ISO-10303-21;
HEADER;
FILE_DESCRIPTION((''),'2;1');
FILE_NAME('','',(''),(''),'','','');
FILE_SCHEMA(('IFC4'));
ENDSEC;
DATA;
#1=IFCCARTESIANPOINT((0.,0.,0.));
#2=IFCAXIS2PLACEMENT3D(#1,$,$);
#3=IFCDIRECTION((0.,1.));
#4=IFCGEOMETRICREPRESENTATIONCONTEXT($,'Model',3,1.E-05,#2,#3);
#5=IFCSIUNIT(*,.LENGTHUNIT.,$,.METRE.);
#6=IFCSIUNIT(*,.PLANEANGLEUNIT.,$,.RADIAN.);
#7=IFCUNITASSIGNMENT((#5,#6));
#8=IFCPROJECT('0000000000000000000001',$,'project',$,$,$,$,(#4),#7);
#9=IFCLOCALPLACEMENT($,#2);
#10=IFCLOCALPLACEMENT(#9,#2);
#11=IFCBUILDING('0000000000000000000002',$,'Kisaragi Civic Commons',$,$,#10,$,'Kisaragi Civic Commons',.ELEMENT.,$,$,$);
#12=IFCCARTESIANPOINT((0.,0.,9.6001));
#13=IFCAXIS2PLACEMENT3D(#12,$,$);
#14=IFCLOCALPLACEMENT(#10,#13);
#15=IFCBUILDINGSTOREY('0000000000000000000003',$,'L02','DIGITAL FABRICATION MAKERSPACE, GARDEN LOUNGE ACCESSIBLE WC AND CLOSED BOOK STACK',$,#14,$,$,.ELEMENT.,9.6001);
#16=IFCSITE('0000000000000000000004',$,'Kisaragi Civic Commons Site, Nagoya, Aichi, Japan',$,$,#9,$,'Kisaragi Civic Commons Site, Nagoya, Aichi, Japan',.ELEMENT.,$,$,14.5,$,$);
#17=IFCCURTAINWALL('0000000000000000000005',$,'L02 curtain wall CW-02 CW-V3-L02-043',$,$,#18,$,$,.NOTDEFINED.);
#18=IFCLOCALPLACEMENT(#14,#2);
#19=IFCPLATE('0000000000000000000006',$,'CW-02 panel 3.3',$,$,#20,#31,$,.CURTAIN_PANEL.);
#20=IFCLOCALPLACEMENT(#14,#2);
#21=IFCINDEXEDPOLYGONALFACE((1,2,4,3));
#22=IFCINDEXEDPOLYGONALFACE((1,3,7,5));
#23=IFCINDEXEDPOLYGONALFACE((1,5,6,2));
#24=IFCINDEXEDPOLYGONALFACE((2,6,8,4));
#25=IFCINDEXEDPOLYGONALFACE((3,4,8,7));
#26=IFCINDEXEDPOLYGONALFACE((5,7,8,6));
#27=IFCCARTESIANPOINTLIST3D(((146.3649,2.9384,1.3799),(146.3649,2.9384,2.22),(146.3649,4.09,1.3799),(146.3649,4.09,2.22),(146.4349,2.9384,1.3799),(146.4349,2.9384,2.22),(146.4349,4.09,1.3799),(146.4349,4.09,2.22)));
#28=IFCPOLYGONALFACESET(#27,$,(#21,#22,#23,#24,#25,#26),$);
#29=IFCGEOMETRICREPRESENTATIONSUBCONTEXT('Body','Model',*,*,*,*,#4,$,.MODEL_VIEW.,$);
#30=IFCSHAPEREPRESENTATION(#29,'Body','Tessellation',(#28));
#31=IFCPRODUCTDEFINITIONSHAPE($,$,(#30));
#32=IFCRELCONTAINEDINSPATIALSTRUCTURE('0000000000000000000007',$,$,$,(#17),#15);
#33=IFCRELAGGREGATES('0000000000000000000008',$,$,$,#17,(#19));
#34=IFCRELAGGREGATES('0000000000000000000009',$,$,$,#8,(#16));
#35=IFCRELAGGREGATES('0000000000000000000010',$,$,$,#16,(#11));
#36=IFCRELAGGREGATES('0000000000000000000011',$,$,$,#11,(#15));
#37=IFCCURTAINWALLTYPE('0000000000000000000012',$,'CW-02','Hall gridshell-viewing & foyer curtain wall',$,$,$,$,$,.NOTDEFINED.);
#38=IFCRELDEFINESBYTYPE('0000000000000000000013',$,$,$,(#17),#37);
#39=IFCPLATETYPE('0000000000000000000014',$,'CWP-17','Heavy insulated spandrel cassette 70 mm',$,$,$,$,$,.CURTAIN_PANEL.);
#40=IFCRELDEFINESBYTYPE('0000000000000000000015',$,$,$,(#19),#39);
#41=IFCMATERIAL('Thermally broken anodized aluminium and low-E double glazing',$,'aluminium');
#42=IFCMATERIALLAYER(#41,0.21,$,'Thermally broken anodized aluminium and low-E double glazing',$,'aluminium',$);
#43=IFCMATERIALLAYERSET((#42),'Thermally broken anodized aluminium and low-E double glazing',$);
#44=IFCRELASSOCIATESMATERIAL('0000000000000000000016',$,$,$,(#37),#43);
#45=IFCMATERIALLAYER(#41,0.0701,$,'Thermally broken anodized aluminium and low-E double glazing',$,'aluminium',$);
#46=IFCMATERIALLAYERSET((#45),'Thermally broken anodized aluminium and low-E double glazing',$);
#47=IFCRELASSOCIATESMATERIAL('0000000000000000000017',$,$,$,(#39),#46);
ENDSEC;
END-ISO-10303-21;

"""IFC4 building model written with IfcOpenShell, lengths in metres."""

from ifc_helpers import new_model, si_unit, direction, frame, origin, origin_2d, place, context, subcontext, project, spatial, rectangle, extrude, material, layer, layer_set, type_object, element, aggregate, save


model = new_model("IFC4")

# Units and contexts
model_context = context("Model", 3, precision=1e-05, world=origin(), true_north=direction((0.0, 1.0)))
body_context = subcontext(model_context, "Body", "Model", "MODEL_VIEW")
ifc_project = project(units=[si_unit("LENGTHUNIT", "METRE"), si_unit("PLANEANGLEUNIT", "RADIAN")], contexts=[model_context])

# Site, building, storey
site_placement = place(None, origin())
site = spatial("IfcSite", under=ifc_project, at=site_placement, Name="Kisaragi Civic Commons Site, Nagoya, Aichi, Japan", LongName="Kisaragi Civic Commons Site, Nagoya, Aichi, Japan", CompositionType="ELEMENT", RefElevation=14.5)
building_placement = place(site_placement, origin())
building = spatial("IfcBuilding", under=site, at=building_placement, Name="Kisaragi Civic Commons", LongName="Kisaragi Civic Commons", CompositionType="ELEMENT")
storey_placement = place(building_placement, frame((0.0, 0.0, 9.6001)))
storey = spatial("IfcBuildingStorey", under=building, at=storey_placement, Name="L02", Description="DIGITAL FABRICATION MAKERSPACE, GARDEN LOUNGE ACCESSIBLE WC AND CLOSED BOOK STACK", CompositionType="ELEMENT", Elevation=9.6001)

# Curtain wall
ifc_material_1 = material(Name="Thermally broken anodized aluminium and low-E double glazing", Category="aluminium")
ifc_layer_1 = layer(ifc_material_1, 0.21, Name="Thermally broken anodized aluminium and low-E double glazing", Category="aluminium")
ifc_layer_set_1 = layer_set([ifc_layer_1], Name="Thermally broken anodized aluminium and low-E double glazing")
curtain_wall_type = type_object("IfcCurtainWallType", Name="CW-02", Description="Hall gridshell-viewing & foyer curtain wall", PredefinedType="NOTDEFINED", material=ifc_layer_set_1)
curtain_wall_1_placement = place(storey_placement, origin())
curtain_wall_1 = element("IfcCurtainWall", 1, at=curtain_wall_1_placement, inside=storey, type_object=curtain_wall_type, Name="L02 curtain wall CW-02 CW-V3-L02-043", PredefinedType="NOTDEFINED")

# Plate
ifc_layer_2 = layer(ifc_material_1, 0.0701, Name="Thermally broken anodized aluminium and low-E double glazing", Category="aluminium")
ifc_layer_set_2 = layer_set([ifc_layer_2], Name="Thermally broken anodized aluminium and low-E double glazing")
plate_type = type_object("IfcPlateType", Name="CWP-17", Description="Heavy insulated spandrel cassette 70 mm", PredefinedType="CURTAIN_PANEL", material=ifc_layer_set_2)
plate_1_placement = place(storey_placement, frame((146.3999, 3.5142, 1.3799), z_axis=(0.0, 0.0, 1.0), x_axis=(0.0, 1.0, 0.0)))
plate_1 = element("IfcPlate", 2, at=plate_1_placement, type_object=plate_type, Name="CW-02 panel 3.3", PredefinedType="CURTAIN_PANEL", context=body_context, shape_type="SweptSolid", body=[
    extrude(rectangle(XDim=1.1516, YDim=0.0701, at=origin_2d()), origin(), (0.0, 0.0, 1.0), 0.8401),
])
aggregate(curtain_wall_1, [plate_1])

save(model, "model.ifc")
